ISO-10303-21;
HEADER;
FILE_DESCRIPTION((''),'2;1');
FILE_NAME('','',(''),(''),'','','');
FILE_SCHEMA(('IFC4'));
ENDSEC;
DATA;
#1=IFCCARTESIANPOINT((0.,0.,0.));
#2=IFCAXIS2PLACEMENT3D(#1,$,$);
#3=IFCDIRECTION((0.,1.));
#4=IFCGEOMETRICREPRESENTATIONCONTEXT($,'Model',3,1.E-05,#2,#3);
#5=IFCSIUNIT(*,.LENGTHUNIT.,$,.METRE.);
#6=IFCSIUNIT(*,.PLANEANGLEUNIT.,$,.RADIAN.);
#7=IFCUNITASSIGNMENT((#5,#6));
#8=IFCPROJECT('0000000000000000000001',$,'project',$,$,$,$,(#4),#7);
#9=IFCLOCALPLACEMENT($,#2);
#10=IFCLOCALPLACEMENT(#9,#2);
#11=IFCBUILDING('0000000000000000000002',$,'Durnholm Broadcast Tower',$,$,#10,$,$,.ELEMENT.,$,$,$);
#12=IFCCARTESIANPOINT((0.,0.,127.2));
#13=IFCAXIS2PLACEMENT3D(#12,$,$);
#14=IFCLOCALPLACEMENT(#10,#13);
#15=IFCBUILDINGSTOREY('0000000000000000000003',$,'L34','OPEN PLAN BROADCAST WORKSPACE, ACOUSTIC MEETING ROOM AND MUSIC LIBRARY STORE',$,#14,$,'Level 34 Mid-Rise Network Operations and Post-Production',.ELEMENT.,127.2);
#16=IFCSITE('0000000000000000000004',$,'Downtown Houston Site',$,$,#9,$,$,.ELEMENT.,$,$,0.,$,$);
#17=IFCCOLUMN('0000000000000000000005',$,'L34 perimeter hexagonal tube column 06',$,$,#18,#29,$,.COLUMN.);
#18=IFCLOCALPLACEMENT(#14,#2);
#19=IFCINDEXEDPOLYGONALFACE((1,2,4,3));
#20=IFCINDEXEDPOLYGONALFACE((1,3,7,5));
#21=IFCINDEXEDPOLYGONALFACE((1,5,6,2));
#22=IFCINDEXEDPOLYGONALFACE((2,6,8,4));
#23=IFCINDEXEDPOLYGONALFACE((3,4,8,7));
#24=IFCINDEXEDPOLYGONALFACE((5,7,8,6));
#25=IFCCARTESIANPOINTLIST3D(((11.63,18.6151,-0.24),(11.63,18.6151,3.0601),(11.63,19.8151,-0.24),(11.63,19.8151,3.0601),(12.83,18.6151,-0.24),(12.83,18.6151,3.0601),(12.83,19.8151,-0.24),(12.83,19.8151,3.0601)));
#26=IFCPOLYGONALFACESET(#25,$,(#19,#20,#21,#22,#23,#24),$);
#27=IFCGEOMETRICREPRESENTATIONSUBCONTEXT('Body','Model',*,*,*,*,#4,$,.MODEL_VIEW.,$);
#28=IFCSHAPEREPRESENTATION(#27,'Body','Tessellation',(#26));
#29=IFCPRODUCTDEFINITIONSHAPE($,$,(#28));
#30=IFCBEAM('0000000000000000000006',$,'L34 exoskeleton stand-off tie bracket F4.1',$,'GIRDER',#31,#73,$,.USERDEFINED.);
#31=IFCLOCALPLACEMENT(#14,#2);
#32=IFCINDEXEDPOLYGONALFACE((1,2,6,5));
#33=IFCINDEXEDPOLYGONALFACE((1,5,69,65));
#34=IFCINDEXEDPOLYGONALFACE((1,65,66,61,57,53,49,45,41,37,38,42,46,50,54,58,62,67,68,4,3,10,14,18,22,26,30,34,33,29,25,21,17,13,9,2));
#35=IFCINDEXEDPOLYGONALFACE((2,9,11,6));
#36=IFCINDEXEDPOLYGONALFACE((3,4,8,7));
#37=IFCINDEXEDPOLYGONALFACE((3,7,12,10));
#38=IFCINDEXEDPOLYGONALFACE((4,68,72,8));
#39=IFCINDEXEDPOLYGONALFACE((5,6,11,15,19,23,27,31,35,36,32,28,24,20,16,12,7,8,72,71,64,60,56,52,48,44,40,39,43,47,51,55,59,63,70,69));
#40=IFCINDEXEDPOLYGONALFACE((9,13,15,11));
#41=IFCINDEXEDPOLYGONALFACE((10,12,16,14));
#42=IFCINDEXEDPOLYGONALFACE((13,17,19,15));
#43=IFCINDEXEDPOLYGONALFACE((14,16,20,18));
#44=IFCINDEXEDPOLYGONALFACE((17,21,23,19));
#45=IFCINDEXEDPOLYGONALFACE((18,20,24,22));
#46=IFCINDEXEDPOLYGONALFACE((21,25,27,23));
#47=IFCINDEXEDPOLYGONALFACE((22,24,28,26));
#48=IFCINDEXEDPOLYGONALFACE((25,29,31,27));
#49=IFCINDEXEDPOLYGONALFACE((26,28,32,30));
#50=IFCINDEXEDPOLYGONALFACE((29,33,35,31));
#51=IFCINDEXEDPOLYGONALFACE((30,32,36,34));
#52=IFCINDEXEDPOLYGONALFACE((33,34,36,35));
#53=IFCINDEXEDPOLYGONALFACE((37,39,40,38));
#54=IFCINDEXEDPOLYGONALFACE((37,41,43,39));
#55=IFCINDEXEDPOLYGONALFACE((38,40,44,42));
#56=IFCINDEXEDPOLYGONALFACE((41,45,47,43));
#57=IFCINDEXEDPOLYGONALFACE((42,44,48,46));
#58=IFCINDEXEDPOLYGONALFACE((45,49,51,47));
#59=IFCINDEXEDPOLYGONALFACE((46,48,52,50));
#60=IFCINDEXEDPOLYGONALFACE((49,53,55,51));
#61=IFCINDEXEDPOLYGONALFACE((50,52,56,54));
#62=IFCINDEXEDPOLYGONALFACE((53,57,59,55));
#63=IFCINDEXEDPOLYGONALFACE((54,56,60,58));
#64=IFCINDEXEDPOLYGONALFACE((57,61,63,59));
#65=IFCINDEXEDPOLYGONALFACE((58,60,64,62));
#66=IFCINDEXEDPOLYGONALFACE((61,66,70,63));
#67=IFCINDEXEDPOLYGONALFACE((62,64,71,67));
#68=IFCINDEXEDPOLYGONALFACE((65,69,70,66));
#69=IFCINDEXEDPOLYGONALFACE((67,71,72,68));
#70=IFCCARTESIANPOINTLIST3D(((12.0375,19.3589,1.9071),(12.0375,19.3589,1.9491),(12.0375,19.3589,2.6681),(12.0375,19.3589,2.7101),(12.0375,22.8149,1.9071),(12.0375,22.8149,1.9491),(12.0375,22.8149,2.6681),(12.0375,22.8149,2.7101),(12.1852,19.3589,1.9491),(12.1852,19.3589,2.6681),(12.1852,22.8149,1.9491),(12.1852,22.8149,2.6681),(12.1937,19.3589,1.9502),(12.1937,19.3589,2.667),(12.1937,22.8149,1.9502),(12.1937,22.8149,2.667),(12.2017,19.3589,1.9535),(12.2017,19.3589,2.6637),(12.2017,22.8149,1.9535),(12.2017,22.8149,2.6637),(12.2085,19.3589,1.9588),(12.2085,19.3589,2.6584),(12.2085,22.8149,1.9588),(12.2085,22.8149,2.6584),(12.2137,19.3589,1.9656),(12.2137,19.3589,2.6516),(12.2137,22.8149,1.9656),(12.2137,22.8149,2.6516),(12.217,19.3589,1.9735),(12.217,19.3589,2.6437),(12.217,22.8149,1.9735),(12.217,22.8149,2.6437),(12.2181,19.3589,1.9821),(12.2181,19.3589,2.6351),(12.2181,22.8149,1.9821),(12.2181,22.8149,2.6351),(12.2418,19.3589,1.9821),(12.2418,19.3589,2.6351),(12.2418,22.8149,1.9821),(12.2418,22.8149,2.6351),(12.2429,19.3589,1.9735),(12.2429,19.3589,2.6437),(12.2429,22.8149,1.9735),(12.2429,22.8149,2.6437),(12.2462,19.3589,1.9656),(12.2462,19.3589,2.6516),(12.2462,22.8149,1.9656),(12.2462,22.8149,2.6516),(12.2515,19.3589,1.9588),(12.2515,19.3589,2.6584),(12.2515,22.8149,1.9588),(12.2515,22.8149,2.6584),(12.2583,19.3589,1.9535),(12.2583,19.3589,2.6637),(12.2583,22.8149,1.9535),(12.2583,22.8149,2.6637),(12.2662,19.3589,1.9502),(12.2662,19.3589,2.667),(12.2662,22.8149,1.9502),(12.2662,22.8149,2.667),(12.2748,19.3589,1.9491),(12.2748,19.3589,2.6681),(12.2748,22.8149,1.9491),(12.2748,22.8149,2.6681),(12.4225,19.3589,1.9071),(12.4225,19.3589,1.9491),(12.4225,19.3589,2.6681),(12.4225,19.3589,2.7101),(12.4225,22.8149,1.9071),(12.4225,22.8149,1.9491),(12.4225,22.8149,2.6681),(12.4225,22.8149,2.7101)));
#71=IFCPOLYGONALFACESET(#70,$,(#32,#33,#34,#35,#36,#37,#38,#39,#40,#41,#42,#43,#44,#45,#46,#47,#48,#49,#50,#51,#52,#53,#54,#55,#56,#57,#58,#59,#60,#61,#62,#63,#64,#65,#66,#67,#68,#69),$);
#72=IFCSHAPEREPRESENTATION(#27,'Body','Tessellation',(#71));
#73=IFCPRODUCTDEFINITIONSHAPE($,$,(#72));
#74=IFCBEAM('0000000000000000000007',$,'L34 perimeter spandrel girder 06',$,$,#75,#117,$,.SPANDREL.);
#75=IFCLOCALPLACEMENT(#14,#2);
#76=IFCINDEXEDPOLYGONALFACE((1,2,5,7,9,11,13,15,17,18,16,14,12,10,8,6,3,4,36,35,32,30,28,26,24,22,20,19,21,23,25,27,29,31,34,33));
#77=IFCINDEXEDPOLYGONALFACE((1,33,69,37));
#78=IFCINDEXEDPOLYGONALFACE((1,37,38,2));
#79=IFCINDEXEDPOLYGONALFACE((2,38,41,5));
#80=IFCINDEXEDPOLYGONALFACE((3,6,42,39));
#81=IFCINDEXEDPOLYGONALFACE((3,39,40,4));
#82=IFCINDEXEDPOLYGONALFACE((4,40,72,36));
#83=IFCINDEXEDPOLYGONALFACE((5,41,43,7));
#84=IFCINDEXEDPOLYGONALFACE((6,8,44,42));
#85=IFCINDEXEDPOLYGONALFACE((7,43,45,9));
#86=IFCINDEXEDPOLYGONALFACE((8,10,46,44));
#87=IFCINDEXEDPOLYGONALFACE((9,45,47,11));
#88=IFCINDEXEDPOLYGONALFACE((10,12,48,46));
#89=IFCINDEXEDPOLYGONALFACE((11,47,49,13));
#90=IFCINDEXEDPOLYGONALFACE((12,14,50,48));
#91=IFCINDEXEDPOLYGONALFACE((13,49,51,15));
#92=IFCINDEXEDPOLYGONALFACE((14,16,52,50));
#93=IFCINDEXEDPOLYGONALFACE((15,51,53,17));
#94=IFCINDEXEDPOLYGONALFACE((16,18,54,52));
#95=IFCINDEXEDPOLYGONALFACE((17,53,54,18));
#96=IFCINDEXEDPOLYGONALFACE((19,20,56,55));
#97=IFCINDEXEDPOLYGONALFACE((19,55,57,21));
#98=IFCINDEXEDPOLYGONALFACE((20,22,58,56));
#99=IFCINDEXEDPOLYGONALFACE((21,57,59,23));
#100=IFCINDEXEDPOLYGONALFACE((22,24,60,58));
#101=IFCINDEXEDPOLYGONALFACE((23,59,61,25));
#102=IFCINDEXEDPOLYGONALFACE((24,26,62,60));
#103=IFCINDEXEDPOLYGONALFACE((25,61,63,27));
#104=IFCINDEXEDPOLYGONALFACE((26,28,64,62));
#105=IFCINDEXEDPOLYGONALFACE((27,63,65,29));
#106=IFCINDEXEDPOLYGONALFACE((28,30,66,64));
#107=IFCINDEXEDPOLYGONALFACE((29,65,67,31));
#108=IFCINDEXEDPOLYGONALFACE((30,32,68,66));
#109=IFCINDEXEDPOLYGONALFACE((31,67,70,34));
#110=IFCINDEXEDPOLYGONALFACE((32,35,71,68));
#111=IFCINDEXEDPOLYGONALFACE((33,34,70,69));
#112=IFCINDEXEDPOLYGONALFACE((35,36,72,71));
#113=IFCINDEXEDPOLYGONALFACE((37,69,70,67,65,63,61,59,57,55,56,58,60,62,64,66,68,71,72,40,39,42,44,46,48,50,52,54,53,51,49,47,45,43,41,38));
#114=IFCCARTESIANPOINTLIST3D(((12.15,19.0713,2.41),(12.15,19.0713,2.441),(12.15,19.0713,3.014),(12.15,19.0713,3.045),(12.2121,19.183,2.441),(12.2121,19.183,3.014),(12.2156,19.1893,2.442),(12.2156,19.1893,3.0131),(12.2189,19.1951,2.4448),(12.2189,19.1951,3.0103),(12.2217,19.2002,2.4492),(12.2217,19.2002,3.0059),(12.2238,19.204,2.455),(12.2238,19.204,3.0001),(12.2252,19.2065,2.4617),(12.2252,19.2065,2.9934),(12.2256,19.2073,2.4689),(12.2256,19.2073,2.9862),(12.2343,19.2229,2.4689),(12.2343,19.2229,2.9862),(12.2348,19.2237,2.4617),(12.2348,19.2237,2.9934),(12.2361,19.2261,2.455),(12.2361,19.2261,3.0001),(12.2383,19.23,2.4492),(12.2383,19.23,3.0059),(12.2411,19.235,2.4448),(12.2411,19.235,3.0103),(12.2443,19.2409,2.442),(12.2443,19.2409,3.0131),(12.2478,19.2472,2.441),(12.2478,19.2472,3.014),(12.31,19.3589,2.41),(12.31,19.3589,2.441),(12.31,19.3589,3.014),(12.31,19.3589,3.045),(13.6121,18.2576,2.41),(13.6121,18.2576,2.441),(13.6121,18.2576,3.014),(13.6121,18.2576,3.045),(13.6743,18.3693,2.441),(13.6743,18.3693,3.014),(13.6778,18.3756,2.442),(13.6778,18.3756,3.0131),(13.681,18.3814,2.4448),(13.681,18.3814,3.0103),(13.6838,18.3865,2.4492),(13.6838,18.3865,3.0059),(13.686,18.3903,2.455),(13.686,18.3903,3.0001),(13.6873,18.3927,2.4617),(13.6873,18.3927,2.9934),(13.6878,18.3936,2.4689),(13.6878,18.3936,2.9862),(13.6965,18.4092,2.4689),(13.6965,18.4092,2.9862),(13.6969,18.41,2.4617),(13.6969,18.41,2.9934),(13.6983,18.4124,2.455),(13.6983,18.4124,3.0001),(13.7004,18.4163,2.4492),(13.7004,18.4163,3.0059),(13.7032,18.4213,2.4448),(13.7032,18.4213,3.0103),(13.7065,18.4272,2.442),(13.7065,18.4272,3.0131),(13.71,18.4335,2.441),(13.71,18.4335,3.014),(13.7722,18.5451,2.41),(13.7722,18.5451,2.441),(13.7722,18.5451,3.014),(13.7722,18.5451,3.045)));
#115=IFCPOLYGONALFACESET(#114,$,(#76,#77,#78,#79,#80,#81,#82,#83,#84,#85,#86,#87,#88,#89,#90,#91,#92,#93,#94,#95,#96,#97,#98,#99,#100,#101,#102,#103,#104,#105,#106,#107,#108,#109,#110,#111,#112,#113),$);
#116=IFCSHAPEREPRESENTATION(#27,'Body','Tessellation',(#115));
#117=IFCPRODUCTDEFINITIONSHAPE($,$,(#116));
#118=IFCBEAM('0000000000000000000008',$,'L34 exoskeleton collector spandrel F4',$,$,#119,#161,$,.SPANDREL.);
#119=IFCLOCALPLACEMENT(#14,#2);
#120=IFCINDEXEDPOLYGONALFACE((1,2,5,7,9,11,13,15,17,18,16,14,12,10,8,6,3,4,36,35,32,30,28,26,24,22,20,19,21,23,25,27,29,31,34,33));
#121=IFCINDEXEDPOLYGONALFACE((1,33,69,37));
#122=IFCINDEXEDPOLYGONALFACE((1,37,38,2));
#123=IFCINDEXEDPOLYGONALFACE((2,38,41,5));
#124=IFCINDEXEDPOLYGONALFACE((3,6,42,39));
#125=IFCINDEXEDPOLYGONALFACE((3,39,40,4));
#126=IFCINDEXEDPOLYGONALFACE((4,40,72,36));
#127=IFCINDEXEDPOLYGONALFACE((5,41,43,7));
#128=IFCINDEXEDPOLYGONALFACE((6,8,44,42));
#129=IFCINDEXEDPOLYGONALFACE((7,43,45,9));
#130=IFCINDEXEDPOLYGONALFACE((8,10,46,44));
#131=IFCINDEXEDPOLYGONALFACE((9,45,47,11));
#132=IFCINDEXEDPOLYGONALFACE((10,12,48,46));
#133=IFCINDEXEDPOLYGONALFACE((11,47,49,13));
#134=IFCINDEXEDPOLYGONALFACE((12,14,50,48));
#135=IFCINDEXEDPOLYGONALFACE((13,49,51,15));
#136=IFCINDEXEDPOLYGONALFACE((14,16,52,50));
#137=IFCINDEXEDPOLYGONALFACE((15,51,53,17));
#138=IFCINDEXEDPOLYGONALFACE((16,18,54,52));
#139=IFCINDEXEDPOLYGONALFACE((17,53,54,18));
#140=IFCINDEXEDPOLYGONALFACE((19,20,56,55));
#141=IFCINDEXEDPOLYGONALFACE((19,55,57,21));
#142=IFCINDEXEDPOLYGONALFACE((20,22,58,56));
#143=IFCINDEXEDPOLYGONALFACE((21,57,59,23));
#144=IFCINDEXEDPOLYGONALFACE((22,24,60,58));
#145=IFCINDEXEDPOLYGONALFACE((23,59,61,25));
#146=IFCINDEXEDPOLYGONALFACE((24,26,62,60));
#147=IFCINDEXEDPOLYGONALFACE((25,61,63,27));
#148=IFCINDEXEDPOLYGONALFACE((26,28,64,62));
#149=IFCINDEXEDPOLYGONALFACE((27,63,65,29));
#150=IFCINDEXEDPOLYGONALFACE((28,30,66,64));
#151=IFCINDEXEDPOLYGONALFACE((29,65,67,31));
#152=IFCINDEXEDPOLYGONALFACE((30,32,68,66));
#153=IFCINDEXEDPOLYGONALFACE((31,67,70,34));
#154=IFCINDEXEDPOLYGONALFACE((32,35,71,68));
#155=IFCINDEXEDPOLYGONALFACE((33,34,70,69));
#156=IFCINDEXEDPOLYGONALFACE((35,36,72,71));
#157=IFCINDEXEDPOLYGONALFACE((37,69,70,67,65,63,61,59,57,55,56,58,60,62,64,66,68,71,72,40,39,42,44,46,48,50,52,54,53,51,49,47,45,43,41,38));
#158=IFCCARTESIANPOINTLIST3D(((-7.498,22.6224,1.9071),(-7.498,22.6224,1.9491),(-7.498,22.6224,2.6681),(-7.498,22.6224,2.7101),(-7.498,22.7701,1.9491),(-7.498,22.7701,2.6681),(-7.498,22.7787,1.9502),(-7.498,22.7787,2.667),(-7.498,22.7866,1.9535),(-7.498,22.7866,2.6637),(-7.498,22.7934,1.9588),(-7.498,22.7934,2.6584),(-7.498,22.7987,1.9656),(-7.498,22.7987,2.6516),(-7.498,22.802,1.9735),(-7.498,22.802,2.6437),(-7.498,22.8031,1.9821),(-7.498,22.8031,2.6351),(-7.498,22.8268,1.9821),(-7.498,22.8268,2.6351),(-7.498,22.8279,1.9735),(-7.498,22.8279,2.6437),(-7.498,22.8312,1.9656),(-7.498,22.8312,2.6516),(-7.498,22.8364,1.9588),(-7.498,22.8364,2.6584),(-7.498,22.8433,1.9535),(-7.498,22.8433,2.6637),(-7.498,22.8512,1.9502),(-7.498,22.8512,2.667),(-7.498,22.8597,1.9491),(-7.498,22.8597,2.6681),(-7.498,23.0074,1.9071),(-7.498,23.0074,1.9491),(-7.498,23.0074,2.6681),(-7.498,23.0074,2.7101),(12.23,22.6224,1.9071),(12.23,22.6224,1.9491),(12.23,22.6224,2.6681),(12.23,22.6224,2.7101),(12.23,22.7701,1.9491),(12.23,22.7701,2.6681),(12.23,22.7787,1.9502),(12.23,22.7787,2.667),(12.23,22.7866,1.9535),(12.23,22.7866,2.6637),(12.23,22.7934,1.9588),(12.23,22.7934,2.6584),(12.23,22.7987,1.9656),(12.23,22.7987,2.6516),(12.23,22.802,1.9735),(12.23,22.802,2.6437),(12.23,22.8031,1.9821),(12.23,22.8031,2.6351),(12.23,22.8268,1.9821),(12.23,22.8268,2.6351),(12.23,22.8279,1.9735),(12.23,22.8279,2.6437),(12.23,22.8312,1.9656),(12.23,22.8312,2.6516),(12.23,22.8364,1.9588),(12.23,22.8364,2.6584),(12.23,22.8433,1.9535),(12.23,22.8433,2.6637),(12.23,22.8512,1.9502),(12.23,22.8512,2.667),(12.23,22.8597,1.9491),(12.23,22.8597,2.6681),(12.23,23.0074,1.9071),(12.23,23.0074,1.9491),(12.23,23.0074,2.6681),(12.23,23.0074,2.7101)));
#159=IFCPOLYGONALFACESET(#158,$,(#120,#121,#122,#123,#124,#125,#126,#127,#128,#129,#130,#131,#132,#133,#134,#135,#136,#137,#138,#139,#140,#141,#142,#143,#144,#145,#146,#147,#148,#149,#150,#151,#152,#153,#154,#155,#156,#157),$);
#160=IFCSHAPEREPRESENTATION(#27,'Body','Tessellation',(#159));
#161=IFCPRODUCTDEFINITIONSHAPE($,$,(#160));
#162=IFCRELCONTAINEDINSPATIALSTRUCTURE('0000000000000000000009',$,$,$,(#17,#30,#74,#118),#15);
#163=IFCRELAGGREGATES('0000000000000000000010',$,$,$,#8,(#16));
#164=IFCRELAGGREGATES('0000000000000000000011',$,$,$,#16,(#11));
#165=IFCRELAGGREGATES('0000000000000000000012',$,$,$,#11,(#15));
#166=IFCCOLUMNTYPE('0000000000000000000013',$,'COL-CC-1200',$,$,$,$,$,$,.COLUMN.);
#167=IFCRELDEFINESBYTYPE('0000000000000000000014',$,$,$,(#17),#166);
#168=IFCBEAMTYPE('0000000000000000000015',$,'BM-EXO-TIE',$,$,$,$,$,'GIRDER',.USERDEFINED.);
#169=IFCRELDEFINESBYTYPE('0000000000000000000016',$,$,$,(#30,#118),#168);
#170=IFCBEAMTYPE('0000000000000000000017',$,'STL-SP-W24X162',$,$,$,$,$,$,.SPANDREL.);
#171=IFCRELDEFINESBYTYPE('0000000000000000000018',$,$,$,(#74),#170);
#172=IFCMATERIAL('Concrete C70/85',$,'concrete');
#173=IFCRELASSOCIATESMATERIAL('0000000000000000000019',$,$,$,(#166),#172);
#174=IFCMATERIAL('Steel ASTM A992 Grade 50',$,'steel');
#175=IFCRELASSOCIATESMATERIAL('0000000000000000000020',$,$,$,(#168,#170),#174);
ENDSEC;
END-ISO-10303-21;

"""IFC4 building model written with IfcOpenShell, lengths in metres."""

from ifc_helpers import new_model, si_unit, direction, frame, origin, origin_2d, place, context, subcontext, project, spatial, rectangle, i_section, extrude, source, transform, mapped, material, material_profile, profile_set, type_object, type_shapes, element, save


model = new_model("IFC4")

# Units and contexts
model_context = context("Model", 3, precision=1e-05, world=origin(), true_north=direction((0.0, 1.0)))
body_context = subcontext(model_context, "Body", "Model", "MODEL_VIEW")
ifc_project = project(units=[si_unit("LENGTHUNIT", "METRE"), si_unit("PLANEANGLEUNIT", "RADIAN")], contexts=[model_context])

# Site, building, storey
site_placement = place(None, origin())
site = spatial("IfcSite", under=ifc_project, at=site_placement, Name="Downtown Houston Site", CompositionType="ELEMENT", RefElevation=0.0)
building_placement = place(site_placement, origin())
building = spatial("IfcBuilding", under=site, at=building_placement, Name="Durnholm Broadcast Tower", CompositionType="ELEMENT")
storey_placement = place(building_placement, frame((0.0, 0.0, 127.2)))
storey = spatial("IfcBuildingStorey", under=building, at=storey_placement, Name="L34", Description="OPEN PLAN BROADCAST WORKSPACE, ACOUSTIC MEETING ROOM AND MUSIC LIBRARY STORE", LongName="Level 34 Mid-Rise Network Operations and Post-Production", CompositionType="ELEMENT", Elevation=127.2)

# Column
ifc_material_1 = material(Name="Concrete C70/85", Category="concrete")
ifc_material_profile_1 = material_profile(ifc_material_1, rectangle(XDim=1.2, YDim=1.2, at=origin_2d()), Name="RC1200X1200")
ifc_profile_set_1 = profile_set([ifc_material_profile_1], Name="Concrete C70/85")
column_type = type_object("IfcColumnType", Name="COL-CC-1200", PredefinedType="COLUMN", material=ifc_profile_set_1)
shared_shape_1 = source(origin(), body_context, "Body", "SweptSolid", [
    extrude(rectangle(XDim=1.2, YDim=1.2, at=origin_2d()), origin(), (0.0, 0.0, 1.0), 3.3),
])
type_shapes(column_type, [shared_shape_1])
column_placement = place(storey_placement, frame((12.23, 19.2151, -0.24), z_axis=(0.0, 0.0, 1.0), x_axis=(1.0, 0.0, 0.0)))
element("IfcColumn", 1, at=column_placement, inside=storey, type_object=column_type, Name="L34 perimeter hexagonal tube column 06", PredefinedType="COLUMN", context=body_context, shape_type="MappedRepresentation", body=[
    mapped(shared_shape_1, transform((0.0, 0.0, 0.0), x_axis=(1.0, 0.0, 0.0), y_axis=(0.0, 1.0, 0.0), z_axis=(0.0, 0.0, 1.0), scale=1.0)),
])

# Beams
ifc_material_2 = material(Name="Steel ASTM A992 Grade 50", Category="steel")
ifc_material_profile_2 = material_profile(ifc_material_2, i_section(OverallWidth=0.385, OverallDepth=0.803, WebThickness=0.0237, FlangeThickness=0.042, FilletRadius=0.033, at=origin_2d()), Name="W30X261")
ifc_profile_set_2 = profile_set([ifc_material_profile_2], Name="Steel ASTM A992 Grade 50")
beam_type_1 = type_object("IfcBeamType", Name="BM-EXO-TIE", ElementType="GIRDER", PredefinedType="USERDEFINED", material=ifc_profile_set_2)
shared_shape_2 = source(origin(), body_context, "Body", "SweptSolid", [
    extrude(i_section(OverallWidth=0.385, OverallDepth=0.803, WebThickness=0.0237, FlangeThickness=0.042, FilletRadius=0.033, at=origin_2d()), origin(), (0.0, 0.0, 1.0), 3.4561),
])
beam_1_placement = place(storey_placement, frame((12.23, 19.3589, 2.3086), z_axis=(0.0, 1.0, 0.0), x_axis=(-1.0, 0.0, 0.0)))
element("IfcBeam", 2, at=beam_1_placement, inside=storey, type_object=beam_type_1, Name="L34 exoskeleton stand-off tie bracket F4.1", ObjectType="GIRDER", PredefinedType="USERDEFINED", context=body_context, shape_type="MappedRepresentation", body=[
    mapped(shared_shape_2, transform((0.0, 0.0, 0.0), x_axis=(1.0, 0.0, 0.0), y_axis=(0.0, 1.0, 0.0), z_axis=(0.0, 0.0, 1.0), scale=1.0)),
])
ifc_material_profile_3 = material_profile(ifc_material_2, i_section(OverallWidth=0.3291, OverallDepth=0.635, WebThickness=0.0178, FlangeThickness=0.031, FilletRadius=0.0278, at=origin_2d()), Name="W24X162")
ifc_profile_set_3 = profile_set([ifc_material_profile_3], Name="Steel ASTM A992 Grade 50")
beam_type_2 = type_object("IfcBeamType", Name="STL-SP-W24X162", PredefinedType="SPANDREL", material=ifc_profile_set_3)
shared_shape_3 = source(origin(), body_context, "Body", "SweptSolid", [
    extrude(i_section(OverallWidth=0.3291, OverallDepth=0.635, WebThickness=0.0178, FlangeThickness=0.031, FilletRadius=0.0278, at=origin_2d()), origin(), (0.0, 0.0, 1.0), 1.6733),
])
type_shapes(beam_type_2, [shared_shape_3])
beam_2_placement = place(storey_placement, frame((12.23, 19.2151, 2.7275), z_axis=(0.873799, -0.486287, 0.0), x_axis=(0.486287, 0.873799, 0.0)))
element("IfcBeam", 3, at=beam_2_placement, inside=storey, type_object=beam_type_2, Name="L34 perimeter spandrel girder 06", PredefinedType="SPANDREL", context=body_context, shape_type="MappedRepresentation", body=[
    mapped(shared_shape_3, transform((0.0, 0.0, 0.0), x_axis=(1.0, 0.0, 0.0), y_axis=(0.0, 1.0, 0.0), z_axis=(0.0, 0.0, 1.0), scale=1.0)),
])
shared_shape_4 = source(origin(), body_context, "Body", "SweptSolid", [
    extrude(i_section(OverallWidth=0.385, OverallDepth=0.803, WebThickness=0.0237, FlangeThickness=0.042, FilletRadius=0.033, at=origin_2d()), origin(), (0.0, 0.0, 1.0), 19.728),
])
type_shapes(beam_type_1, [shared_shape_2, shared_shape_4])
beam_3_placement = place(storey_placement, frame((12.23, 22.8149, 2.3086), z_axis=(-1.0, 0.0, 0.0), x_axis=(0.0, -1.0, 0.0)))
element("IfcBeam", 4, at=beam_3_placement, inside=storey, type_object=beam_type_1, Name="L34 exoskeleton collector spandrel F4", PredefinedType="SPANDREL", context=body_context, shape_type="MappedRepresentation", body=[
    mapped(shared_shape_4, transform((0.0, 0.0, 0.0), x_axis=(1.0, 0.0, 0.0), y_axis=(0.0, 1.0, 0.0), z_axis=(0.0, 0.0, 1.0), scale=1.0)),
])

save(model, "model.ifc")
